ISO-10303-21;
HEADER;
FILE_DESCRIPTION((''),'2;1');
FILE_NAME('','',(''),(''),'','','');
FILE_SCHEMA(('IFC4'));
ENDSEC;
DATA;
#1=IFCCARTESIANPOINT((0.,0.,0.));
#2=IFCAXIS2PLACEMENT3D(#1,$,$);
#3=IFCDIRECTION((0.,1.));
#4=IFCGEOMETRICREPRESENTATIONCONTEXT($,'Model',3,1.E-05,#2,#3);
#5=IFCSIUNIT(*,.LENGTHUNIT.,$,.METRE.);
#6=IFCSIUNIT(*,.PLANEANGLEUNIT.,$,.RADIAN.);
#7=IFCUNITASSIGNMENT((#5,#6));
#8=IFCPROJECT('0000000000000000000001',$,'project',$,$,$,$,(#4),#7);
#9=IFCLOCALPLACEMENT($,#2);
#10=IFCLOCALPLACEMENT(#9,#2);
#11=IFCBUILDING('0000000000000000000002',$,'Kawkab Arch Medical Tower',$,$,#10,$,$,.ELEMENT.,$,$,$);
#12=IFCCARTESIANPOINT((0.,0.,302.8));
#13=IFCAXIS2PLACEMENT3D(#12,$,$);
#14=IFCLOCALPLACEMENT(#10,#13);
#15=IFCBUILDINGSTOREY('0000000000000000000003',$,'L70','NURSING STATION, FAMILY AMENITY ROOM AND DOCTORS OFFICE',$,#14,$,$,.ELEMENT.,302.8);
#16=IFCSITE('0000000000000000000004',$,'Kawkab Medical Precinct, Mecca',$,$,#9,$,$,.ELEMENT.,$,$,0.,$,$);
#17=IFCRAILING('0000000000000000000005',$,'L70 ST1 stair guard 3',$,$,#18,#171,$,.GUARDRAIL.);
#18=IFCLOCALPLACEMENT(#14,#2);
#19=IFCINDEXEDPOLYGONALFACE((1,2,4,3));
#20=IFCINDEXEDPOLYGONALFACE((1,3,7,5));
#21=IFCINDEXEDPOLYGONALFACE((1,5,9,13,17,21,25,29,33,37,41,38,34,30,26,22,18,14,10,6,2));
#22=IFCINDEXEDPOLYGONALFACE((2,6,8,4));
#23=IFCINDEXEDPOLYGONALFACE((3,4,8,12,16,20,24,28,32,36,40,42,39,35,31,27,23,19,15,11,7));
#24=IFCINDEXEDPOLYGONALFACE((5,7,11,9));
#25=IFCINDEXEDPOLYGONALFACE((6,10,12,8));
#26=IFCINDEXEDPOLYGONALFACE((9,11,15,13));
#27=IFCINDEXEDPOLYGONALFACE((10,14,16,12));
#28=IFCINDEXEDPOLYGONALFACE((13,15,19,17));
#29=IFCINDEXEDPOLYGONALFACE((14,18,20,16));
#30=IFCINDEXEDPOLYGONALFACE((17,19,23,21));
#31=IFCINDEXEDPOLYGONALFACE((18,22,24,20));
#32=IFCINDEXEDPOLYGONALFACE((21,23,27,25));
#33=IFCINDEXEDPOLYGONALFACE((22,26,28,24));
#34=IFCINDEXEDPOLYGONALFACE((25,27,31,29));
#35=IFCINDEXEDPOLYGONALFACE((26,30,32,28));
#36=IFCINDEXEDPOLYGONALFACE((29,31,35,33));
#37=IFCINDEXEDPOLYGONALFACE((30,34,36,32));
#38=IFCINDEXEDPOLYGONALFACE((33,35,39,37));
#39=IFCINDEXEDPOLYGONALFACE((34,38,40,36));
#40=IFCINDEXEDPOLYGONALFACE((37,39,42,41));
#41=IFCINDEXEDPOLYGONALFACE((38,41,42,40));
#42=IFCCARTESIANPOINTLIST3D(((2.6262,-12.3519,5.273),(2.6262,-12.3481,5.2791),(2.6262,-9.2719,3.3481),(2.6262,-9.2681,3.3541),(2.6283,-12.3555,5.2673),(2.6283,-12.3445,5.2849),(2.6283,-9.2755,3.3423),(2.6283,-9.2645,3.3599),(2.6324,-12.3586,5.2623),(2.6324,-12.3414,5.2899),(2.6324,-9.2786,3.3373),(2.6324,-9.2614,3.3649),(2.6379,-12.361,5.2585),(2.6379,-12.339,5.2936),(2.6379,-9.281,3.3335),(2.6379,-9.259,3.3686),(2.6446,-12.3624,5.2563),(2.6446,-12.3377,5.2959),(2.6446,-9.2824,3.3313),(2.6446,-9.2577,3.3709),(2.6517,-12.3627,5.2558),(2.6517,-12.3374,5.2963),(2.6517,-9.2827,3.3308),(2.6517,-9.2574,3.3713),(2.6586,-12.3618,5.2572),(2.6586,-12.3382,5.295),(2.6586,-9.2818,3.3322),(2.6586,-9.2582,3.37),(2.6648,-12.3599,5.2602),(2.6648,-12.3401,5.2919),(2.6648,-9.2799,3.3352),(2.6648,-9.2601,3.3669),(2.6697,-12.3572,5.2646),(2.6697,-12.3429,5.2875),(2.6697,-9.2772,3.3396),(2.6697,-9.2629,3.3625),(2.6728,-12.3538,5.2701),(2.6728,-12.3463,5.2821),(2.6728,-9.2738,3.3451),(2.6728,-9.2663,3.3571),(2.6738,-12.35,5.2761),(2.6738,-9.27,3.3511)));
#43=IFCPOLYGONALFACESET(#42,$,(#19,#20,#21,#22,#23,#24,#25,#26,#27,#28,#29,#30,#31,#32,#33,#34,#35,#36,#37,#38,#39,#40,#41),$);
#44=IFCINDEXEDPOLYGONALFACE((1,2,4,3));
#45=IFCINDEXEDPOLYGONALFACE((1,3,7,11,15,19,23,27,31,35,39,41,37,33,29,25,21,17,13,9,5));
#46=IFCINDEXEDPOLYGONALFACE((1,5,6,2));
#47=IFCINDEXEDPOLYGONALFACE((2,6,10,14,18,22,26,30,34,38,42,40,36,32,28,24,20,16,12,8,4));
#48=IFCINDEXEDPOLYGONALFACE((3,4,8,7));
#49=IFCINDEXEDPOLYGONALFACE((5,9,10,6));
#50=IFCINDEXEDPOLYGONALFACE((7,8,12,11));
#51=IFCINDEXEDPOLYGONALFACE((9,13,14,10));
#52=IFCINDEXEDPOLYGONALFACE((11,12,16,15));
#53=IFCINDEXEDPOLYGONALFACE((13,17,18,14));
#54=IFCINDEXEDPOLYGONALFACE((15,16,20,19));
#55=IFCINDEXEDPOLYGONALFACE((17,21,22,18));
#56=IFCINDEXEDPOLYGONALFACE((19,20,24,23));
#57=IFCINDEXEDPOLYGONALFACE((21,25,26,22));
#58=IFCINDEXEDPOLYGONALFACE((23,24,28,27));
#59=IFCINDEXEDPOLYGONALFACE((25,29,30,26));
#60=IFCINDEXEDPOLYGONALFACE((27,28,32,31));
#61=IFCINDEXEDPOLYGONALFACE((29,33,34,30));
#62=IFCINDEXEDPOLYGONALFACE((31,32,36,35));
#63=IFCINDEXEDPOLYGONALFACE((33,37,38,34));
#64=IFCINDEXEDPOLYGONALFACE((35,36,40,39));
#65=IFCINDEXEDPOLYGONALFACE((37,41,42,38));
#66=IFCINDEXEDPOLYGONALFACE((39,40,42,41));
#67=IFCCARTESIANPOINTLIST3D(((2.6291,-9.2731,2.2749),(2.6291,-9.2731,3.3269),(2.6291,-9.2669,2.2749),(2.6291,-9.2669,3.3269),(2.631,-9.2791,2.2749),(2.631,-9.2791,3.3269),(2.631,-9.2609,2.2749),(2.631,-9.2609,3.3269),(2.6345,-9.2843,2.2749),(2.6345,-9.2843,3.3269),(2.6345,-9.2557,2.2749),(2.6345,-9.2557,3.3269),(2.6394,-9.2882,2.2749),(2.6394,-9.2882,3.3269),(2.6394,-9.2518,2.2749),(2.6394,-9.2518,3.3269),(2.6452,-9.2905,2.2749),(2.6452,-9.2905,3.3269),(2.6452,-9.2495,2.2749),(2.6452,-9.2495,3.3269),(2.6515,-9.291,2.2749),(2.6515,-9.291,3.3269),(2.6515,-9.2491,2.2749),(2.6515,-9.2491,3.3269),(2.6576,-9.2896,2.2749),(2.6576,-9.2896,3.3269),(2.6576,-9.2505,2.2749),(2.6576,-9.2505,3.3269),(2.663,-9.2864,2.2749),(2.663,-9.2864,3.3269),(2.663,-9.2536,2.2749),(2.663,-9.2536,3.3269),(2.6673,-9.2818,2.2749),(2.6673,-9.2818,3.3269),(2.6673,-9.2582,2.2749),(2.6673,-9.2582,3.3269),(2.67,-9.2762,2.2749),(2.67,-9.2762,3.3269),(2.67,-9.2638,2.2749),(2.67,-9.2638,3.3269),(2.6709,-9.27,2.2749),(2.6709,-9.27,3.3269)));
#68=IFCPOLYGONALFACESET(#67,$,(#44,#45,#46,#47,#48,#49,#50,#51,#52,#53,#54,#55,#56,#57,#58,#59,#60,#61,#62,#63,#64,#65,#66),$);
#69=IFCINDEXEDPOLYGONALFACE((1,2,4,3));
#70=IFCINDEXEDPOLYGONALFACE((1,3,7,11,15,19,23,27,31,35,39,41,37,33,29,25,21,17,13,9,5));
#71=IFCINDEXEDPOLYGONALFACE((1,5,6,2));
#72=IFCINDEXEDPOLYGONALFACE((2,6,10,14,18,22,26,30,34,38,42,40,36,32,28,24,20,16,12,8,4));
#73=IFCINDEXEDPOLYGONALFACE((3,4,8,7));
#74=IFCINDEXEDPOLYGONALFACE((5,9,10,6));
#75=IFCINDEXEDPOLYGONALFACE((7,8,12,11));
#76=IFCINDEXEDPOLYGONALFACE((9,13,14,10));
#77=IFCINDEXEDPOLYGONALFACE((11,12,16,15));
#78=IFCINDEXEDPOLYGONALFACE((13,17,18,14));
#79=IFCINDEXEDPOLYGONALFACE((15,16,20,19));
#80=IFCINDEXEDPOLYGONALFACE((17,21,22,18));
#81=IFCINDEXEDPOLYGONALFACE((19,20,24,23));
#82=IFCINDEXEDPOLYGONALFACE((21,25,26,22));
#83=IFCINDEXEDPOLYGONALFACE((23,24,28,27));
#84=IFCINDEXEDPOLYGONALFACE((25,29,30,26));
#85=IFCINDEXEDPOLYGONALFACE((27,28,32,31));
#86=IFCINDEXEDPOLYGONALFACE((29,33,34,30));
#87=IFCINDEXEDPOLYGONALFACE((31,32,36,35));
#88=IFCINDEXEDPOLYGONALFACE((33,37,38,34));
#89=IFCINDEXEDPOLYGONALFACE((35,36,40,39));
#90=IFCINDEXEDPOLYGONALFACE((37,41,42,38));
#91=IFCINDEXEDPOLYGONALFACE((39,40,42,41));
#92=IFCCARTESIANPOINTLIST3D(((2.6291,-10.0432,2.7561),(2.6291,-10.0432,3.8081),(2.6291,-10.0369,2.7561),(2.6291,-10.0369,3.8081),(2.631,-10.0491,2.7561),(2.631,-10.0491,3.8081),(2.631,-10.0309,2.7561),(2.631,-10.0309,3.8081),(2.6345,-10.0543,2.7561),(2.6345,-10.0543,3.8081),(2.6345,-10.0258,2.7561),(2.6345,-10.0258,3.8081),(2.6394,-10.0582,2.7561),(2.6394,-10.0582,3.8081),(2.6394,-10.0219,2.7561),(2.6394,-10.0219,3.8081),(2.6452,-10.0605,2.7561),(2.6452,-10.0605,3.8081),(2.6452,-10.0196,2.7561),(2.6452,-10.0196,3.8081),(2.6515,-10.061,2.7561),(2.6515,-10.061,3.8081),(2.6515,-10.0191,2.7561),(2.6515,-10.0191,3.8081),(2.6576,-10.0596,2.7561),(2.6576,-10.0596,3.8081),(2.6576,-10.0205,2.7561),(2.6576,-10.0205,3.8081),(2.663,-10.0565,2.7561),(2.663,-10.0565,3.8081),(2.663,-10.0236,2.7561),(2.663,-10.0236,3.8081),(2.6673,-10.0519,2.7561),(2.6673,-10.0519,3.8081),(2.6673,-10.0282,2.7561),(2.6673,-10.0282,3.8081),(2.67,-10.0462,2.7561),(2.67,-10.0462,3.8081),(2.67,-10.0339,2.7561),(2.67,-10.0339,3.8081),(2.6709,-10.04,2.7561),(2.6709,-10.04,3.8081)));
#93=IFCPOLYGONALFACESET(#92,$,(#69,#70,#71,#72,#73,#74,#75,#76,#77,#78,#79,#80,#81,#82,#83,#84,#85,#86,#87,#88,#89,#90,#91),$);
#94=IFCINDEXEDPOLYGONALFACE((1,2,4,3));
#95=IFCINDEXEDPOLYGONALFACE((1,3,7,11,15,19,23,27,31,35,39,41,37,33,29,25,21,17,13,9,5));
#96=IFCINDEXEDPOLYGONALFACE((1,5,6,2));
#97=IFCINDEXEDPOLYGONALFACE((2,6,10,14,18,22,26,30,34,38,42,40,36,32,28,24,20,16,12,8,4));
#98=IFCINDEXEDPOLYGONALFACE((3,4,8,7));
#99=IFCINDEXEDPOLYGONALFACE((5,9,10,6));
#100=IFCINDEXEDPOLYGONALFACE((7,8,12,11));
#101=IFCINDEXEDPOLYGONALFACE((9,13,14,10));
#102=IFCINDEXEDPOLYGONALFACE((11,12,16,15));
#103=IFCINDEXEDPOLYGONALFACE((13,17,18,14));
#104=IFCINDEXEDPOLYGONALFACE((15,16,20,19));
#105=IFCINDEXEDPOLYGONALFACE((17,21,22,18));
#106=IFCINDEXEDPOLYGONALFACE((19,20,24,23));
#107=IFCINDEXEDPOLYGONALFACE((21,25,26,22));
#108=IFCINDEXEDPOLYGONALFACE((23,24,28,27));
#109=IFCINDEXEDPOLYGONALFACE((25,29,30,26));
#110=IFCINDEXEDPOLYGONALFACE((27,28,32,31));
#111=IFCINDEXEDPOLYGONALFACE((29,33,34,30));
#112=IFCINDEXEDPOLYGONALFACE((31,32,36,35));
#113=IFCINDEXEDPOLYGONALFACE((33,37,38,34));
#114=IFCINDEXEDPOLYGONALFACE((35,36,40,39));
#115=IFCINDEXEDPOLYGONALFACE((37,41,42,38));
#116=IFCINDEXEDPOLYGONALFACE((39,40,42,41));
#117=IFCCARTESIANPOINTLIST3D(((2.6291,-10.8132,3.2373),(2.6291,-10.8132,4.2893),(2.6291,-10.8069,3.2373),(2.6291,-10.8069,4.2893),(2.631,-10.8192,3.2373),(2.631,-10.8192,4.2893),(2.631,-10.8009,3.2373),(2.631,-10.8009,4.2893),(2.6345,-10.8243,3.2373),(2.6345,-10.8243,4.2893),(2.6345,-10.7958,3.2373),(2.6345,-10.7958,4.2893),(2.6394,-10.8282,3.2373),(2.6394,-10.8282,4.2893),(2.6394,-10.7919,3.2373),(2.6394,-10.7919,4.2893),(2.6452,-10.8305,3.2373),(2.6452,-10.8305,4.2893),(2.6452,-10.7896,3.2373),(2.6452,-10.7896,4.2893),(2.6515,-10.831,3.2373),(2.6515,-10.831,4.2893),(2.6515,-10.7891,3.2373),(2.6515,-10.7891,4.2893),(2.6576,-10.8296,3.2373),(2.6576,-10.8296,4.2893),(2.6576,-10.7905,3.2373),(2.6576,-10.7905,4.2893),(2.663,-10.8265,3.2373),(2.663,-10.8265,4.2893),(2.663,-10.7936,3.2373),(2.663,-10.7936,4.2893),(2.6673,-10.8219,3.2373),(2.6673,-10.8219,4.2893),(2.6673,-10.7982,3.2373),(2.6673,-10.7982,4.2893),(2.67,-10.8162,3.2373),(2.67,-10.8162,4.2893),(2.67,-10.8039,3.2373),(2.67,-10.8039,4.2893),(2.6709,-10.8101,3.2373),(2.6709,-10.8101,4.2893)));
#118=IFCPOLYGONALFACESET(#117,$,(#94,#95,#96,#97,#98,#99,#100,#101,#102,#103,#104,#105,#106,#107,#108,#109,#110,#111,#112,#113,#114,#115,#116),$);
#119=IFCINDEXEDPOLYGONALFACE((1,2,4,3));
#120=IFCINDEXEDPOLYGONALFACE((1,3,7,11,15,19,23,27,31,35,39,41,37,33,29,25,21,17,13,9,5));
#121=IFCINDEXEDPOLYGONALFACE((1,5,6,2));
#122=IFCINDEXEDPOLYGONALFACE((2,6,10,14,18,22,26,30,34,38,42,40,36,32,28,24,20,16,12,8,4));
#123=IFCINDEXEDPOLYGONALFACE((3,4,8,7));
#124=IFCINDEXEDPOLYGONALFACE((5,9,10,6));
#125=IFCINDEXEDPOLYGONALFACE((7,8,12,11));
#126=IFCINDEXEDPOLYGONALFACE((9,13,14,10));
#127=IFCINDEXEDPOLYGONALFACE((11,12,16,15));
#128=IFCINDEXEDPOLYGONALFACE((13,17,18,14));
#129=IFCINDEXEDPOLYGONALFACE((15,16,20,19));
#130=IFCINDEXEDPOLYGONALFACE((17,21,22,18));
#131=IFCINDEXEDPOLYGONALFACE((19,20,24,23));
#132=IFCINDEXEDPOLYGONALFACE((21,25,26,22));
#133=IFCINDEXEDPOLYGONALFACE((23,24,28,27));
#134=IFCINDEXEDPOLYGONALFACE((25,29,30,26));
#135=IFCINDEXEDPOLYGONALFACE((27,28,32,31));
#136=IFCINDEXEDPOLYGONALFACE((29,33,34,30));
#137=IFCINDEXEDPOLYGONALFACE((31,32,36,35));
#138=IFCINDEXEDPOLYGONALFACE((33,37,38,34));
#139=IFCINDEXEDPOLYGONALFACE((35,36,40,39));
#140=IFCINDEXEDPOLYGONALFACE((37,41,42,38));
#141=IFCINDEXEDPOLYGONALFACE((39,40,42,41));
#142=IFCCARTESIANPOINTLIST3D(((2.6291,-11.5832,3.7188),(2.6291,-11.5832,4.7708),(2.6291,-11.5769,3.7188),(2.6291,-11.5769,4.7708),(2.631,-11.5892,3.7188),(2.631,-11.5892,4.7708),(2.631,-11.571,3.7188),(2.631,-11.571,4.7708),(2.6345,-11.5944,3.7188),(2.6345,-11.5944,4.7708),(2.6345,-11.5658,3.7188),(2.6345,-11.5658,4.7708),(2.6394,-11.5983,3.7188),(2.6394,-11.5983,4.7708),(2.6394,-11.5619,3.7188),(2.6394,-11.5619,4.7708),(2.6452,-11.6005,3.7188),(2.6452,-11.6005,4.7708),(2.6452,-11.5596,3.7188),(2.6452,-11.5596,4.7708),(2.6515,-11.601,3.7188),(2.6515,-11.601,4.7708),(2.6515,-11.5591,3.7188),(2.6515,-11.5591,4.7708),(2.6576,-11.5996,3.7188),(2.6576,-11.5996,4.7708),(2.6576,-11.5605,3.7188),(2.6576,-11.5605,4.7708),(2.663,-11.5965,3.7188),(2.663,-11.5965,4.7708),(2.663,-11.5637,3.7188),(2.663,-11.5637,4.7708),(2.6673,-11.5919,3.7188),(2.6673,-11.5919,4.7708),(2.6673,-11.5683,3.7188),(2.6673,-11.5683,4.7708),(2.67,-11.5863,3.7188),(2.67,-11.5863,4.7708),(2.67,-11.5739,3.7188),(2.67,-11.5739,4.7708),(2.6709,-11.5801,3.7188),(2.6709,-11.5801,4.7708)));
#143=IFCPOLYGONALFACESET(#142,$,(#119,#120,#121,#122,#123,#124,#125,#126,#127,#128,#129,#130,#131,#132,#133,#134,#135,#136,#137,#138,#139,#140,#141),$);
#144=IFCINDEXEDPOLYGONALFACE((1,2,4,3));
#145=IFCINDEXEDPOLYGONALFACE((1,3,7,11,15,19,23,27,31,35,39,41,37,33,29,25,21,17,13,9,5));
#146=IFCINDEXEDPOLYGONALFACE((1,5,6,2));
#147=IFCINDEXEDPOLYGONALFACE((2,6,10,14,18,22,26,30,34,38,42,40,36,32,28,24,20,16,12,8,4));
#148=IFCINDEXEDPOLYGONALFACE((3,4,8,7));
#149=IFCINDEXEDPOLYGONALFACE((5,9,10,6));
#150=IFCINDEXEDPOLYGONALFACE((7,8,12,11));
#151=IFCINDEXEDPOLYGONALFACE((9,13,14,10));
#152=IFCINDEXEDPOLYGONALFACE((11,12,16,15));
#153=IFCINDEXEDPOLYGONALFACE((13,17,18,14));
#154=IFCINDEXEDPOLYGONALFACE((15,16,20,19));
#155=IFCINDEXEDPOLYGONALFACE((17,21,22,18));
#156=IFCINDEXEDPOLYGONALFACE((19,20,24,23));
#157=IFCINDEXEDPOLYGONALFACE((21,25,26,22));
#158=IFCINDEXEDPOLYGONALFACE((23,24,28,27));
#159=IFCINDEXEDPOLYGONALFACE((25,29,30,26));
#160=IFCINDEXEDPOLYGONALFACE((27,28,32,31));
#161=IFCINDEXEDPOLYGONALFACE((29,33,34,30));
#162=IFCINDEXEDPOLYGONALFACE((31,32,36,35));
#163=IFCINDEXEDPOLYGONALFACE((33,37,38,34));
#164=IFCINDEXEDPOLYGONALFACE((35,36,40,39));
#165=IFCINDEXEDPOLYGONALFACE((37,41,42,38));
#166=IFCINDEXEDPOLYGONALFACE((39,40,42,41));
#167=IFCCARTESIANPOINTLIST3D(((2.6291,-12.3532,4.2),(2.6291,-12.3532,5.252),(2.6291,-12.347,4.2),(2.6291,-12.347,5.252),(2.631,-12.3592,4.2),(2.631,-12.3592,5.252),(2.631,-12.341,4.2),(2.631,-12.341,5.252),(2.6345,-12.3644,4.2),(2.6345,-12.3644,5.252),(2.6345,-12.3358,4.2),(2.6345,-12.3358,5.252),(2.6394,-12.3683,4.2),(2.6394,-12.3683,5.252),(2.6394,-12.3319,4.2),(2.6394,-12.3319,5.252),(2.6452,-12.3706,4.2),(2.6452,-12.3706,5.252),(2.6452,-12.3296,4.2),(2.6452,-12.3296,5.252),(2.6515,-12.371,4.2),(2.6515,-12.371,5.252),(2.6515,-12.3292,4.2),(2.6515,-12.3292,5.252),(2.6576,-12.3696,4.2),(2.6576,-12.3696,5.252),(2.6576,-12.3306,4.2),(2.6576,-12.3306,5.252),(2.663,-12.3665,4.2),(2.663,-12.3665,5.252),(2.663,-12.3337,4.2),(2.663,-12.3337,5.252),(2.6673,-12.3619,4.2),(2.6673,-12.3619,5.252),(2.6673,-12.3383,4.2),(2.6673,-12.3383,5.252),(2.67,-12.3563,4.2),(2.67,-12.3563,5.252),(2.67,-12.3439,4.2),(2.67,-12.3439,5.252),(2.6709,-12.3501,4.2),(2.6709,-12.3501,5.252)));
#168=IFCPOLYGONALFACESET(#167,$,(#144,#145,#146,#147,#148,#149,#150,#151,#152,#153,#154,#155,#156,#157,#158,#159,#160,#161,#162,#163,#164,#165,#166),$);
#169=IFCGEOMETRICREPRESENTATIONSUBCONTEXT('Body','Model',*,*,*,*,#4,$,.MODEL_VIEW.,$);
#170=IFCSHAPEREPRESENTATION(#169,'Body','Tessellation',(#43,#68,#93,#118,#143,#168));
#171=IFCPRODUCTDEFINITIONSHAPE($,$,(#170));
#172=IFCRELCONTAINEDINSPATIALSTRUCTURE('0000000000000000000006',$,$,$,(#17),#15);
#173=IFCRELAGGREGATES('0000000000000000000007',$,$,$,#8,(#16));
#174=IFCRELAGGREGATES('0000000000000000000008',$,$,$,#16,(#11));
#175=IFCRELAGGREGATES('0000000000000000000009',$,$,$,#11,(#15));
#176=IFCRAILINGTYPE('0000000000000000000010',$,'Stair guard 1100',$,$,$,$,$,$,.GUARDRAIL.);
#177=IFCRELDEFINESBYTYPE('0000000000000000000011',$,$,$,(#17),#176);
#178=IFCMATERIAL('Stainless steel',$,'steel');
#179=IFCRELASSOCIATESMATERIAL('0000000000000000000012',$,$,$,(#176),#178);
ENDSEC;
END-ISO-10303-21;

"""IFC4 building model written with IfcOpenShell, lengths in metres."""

from ifc_helpers import new_model, si_unit, direction, frame, origin, origin_2d, place, context, subcontext, project, spatial, circle, extrude, material, type_object, element, save


model = new_model("IFC4")

# Units and contexts
model_context = context("Model", 3, precision=1e-05, world=origin(), true_north=direction((0.0, 1.0)))
body_context = subcontext(model_context, "Body", "Model", "MODEL_VIEW")
ifc_project = project(units=[si_unit("LENGTHUNIT", "METRE"), si_unit("PLANEANGLEUNIT", "RADIAN")], contexts=[model_context])

# Site, building, storey
site_placement = place(None, origin())
site = spatial("IfcSite", under=ifc_project, at=site_placement, Name="Kawkab Medical Precinct, Mecca", CompositionType="ELEMENT", RefElevation=0.0)
building_placement = place(site_placement, origin())
building = spatial("IfcBuilding", under=site, at=building_placement, Name="Kawkab Arch Medical Tower", CompositionType="ELEMENT")
storey_placement = place(building_placement, frame((0.0, 0.0, 302.8)))
storey = spatial("IfcBuildingStorey", under=building, at=storey_placement, Name="L70", Description="NURSING STATION, FAMILY AMENITY ROOM AND DOCTORS OFFICE", CompositionType="ELEMENT", Elevation=302.8)

# Railing
ifc_material_1 = material(Name="Stainless steel", Category="steel")
railing_type = type_object("IfcRailingType", Name="Stair guard 1100", PredefinedType="GUARDRAIL", material=ifc_material_1)
railing_1_placement = place(storey_placement, frame((2.6499, -9.27, 2.2749)))
element("IfcRailing", 1, at=railing_1_placement, inside=storey, type_object=railing_type, Name="L70 ST1 stair guard 3", PredefinedType="GUARDRAIL", context=body_context, shape_type="SweptSolid", body=[
    extrude(circle(Radius=0.0239, at=origin_2d()), frame((0.0, 0.0, 1.0762), z_axis=(0.0, -0.847998, 0.529999), x_axis=(1.0, 0.0, 0.0)), (0.0, 0.0, 1.0), 3.6321),
    extrude(circle(Radius=0.021, at=origin_2d()), origin(), (0.0, 0.0, 1.0), 1.052),
    extrude(circle(Radius=0.021, at=origin_2d()), frame((0.0, -0.77, 0.4812)), (0.0, 0.0, 1.0), 1.052),
    extrude(circle(Radius=0.021, at=origin_2d()), frame((0.0, -1.54, 0.9624)), (0.0, 0.0, 1.0), 1.052),
    extrude(circle(Radius=0.021, at=origin_2d()), frame((0.0, -2.3101, 1.4438)), (0.0, 0.0, 1.0), 1.052),
    extrude(circle(Radius=0.021, at=origin_2d()), frame((0.0, -3.0801, 1.925)), (0.0, 0.0, 1.0), 1.052),
])

save(model, "model.ifc")
